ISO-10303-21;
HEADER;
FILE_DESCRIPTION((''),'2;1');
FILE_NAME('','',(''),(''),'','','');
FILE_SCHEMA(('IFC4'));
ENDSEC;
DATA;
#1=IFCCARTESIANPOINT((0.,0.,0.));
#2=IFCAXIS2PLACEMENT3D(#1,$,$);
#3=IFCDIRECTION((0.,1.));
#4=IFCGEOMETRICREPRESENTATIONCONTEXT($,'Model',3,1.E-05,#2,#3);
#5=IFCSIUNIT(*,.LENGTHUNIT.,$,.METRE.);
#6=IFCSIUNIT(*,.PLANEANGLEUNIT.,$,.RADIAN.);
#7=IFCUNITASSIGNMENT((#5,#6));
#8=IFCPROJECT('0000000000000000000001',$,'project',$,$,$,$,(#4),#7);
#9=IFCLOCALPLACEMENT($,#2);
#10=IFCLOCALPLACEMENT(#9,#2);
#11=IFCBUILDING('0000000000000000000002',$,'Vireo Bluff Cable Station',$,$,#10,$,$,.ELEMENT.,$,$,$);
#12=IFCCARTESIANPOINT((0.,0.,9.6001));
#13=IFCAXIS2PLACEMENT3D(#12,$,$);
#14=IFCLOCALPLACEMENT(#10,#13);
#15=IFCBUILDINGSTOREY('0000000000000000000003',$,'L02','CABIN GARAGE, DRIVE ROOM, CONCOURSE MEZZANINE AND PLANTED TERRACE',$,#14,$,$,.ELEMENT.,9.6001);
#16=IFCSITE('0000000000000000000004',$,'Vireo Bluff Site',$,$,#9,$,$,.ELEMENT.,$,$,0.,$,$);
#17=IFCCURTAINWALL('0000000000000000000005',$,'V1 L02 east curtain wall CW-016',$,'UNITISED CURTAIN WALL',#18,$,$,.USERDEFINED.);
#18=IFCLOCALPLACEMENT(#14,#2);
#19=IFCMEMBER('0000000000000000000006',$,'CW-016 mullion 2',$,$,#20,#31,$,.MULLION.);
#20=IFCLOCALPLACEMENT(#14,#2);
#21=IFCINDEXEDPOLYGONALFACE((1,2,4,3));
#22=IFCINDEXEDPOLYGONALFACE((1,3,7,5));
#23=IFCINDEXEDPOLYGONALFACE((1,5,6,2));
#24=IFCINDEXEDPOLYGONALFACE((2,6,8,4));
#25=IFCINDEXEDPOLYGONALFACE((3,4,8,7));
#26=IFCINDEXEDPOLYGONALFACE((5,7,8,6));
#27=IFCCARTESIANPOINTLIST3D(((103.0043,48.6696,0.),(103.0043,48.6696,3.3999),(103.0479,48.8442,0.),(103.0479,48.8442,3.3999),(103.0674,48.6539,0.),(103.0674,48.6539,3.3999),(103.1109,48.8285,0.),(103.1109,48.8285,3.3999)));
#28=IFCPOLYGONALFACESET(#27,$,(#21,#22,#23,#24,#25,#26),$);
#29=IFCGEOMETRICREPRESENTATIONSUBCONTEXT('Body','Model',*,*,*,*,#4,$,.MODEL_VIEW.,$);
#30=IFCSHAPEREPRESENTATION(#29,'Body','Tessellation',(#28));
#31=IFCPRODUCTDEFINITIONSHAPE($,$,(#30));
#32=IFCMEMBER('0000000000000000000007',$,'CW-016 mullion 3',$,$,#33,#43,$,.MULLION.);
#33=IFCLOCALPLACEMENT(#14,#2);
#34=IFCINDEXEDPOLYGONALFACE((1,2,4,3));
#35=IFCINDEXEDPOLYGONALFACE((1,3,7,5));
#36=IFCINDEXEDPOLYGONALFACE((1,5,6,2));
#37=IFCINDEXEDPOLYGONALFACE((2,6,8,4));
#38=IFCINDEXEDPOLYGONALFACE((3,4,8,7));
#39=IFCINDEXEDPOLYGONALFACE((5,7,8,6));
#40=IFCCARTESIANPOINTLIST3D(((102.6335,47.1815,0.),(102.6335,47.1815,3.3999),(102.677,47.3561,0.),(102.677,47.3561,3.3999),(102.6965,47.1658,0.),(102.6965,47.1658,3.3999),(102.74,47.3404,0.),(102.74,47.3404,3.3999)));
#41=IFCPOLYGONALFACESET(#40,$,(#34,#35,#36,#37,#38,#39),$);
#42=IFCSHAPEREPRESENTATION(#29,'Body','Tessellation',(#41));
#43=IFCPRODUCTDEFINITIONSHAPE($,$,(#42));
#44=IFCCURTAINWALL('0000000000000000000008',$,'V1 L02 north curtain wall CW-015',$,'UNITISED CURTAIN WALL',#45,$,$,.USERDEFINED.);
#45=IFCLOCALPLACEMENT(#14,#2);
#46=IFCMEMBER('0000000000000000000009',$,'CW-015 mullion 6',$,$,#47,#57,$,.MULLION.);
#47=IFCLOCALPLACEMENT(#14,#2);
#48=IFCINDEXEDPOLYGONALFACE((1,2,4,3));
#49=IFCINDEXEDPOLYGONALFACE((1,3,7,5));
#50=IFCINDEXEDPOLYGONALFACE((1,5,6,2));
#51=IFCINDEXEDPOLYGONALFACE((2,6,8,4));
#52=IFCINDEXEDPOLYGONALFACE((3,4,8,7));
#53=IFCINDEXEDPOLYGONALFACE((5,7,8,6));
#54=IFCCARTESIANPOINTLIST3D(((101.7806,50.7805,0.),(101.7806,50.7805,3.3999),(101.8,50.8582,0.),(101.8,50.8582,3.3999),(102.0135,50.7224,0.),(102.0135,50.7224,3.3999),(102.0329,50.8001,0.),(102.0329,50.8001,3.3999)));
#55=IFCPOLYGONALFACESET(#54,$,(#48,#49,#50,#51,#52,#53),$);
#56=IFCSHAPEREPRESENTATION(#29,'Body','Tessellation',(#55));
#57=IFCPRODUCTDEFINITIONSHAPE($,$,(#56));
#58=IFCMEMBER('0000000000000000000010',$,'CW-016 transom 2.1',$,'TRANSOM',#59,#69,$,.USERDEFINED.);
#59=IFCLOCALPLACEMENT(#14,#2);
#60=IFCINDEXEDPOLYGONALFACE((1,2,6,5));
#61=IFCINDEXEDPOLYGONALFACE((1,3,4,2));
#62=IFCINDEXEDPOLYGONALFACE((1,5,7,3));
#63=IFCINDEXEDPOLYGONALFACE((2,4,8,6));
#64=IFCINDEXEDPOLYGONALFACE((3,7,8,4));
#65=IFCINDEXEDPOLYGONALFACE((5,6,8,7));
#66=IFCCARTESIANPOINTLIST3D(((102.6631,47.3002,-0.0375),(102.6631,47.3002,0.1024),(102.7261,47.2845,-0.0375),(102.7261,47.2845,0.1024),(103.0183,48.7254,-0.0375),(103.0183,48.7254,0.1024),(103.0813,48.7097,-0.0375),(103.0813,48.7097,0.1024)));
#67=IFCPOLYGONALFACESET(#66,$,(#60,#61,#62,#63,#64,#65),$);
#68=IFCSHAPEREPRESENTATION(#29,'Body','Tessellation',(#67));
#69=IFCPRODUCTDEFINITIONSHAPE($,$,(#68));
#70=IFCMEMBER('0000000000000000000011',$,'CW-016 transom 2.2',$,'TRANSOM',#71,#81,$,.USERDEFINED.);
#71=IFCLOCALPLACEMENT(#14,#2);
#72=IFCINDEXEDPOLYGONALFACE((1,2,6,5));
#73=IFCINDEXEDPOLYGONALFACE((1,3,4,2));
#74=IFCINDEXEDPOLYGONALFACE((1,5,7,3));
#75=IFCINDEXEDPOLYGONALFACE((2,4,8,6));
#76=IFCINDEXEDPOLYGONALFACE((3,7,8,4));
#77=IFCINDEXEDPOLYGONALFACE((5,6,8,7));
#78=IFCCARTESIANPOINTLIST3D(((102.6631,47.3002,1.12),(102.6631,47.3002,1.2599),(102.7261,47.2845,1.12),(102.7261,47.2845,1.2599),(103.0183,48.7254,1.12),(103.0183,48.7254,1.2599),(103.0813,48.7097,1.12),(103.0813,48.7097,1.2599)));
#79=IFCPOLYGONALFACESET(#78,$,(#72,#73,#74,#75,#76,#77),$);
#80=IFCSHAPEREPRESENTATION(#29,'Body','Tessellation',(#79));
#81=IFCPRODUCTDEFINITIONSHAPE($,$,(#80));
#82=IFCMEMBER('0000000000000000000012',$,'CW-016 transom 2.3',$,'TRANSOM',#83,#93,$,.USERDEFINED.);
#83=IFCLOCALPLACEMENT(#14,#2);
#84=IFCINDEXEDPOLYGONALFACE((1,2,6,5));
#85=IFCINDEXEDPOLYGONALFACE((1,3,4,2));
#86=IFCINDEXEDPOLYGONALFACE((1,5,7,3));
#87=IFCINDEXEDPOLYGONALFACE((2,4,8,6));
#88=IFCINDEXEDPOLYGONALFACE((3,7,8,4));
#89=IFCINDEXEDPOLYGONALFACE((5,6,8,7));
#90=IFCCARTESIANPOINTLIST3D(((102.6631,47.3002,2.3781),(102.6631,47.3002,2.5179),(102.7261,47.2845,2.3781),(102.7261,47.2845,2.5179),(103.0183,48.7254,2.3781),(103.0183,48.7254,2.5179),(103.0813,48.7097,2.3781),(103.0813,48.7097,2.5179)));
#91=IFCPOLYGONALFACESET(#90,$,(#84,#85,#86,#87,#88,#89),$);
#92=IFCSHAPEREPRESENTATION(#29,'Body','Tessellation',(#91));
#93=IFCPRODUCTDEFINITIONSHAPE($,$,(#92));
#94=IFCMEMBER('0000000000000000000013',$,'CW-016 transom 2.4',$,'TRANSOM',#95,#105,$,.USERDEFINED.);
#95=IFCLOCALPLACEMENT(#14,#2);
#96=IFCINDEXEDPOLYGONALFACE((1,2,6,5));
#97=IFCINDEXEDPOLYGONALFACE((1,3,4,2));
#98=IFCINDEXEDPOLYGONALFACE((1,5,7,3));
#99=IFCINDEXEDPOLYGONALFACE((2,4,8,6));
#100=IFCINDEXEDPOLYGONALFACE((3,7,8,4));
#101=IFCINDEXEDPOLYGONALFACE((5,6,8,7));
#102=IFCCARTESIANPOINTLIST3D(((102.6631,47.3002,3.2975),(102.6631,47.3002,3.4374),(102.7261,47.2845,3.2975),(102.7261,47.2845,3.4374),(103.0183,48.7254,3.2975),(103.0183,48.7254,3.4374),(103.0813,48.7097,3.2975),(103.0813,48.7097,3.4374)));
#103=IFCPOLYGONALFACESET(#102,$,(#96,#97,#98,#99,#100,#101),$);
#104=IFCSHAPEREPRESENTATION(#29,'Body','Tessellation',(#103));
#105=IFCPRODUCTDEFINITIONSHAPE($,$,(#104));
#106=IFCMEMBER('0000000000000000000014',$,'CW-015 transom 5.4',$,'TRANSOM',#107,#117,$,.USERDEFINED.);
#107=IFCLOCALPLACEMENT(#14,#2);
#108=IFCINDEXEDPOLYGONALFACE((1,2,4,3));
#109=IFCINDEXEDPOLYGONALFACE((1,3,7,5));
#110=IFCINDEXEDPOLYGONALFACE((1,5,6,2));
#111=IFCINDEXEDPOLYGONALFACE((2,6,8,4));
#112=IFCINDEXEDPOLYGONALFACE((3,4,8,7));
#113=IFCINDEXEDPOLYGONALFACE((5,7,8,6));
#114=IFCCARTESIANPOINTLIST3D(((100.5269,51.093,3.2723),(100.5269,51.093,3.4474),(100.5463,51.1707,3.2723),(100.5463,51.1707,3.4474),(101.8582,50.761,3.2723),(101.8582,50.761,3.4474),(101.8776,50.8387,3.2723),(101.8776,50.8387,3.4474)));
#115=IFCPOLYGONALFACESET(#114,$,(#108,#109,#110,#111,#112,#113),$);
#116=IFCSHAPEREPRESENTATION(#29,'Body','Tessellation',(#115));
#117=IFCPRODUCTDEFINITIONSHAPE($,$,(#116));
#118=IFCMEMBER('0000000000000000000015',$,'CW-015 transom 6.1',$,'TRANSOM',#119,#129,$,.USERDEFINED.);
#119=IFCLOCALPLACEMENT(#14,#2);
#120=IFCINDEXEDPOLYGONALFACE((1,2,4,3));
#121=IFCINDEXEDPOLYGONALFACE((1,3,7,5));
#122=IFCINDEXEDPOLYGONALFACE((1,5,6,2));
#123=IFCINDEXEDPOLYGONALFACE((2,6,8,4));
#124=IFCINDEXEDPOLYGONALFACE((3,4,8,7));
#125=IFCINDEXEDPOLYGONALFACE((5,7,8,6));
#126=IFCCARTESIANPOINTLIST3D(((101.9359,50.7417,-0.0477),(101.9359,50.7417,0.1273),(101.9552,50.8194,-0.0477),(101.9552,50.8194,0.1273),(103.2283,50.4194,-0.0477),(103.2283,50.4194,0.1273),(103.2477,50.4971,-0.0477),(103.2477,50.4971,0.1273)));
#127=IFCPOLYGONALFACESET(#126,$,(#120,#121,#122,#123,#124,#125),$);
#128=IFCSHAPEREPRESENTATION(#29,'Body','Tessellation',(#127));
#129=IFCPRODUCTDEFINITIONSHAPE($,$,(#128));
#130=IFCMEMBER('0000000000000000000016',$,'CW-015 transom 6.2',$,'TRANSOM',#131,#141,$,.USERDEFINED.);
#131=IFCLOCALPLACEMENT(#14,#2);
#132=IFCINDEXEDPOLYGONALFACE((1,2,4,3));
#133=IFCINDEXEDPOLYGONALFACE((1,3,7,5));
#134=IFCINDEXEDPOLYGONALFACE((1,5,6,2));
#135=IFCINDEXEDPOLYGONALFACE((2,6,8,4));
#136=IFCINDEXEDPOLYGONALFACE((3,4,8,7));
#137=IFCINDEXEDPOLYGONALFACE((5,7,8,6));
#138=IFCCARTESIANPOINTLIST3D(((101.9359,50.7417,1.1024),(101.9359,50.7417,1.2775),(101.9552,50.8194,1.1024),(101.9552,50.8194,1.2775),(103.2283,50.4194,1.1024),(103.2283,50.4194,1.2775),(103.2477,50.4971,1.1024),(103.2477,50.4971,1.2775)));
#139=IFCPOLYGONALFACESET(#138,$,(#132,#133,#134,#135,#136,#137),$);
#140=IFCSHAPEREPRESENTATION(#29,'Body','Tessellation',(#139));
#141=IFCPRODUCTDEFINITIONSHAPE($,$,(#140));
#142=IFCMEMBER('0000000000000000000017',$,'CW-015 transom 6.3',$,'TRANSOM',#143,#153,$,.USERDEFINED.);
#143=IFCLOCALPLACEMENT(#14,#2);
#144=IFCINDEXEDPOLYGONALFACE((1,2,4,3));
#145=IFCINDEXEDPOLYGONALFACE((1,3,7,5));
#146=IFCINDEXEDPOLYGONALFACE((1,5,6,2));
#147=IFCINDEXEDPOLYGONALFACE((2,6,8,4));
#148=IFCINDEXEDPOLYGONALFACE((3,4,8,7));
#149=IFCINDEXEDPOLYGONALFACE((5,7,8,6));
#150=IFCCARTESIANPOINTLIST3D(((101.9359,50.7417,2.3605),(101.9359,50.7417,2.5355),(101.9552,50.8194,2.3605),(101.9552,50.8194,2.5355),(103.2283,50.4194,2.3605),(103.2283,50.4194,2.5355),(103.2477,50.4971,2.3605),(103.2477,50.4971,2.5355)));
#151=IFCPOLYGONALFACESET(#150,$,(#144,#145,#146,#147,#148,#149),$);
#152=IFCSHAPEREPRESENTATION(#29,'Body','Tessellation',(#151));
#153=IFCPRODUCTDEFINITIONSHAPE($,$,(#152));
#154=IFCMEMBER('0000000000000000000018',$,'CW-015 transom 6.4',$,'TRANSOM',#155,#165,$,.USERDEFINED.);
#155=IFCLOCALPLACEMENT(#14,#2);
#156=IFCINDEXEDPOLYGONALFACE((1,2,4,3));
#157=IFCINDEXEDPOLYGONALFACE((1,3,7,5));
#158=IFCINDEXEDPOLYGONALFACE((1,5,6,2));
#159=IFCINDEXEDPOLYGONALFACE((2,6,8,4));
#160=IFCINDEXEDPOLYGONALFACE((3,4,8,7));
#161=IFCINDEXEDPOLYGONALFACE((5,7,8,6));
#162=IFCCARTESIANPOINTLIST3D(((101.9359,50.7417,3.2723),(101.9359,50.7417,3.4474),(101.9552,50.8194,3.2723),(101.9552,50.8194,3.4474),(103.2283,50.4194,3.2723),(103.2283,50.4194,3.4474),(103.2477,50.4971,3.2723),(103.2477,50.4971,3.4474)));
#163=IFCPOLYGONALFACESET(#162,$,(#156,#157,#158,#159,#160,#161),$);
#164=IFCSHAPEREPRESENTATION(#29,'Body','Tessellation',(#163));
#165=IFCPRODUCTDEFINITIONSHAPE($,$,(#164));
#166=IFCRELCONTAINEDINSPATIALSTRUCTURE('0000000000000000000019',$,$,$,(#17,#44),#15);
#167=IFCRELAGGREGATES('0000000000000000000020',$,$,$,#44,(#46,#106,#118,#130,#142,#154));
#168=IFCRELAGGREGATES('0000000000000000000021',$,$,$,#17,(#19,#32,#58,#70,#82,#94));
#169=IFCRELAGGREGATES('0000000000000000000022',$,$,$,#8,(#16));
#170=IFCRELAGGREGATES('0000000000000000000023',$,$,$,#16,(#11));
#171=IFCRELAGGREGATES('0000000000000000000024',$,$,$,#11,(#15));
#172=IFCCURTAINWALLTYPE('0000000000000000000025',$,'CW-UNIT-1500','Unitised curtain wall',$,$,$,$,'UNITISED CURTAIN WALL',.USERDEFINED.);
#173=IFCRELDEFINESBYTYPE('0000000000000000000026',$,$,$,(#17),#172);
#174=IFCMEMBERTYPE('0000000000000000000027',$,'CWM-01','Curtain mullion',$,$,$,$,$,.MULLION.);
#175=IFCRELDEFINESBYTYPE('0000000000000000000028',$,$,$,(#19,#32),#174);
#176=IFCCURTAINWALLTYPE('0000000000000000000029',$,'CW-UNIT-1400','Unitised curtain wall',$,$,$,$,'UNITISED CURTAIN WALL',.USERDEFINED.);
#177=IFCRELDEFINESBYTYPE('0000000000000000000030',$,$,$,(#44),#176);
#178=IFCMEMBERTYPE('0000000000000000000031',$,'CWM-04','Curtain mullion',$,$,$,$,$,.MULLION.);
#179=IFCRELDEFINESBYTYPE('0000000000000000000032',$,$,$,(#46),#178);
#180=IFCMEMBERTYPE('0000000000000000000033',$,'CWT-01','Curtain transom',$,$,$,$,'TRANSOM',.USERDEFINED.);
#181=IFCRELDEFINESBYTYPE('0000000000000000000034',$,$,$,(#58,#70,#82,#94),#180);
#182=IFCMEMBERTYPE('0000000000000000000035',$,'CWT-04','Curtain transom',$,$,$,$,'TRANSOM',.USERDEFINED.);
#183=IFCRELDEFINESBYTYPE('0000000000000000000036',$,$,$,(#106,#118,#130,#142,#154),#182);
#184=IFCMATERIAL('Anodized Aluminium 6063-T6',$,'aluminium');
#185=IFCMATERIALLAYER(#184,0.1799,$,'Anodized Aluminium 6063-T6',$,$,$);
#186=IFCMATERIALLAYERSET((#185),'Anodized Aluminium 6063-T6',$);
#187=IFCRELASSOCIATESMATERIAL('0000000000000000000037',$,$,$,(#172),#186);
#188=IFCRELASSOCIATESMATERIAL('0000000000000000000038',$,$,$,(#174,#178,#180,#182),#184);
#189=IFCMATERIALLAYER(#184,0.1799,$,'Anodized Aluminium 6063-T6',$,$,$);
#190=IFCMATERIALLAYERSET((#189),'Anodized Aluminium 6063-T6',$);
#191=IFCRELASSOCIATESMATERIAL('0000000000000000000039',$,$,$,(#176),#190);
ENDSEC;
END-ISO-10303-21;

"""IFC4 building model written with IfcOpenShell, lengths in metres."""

from ifc_helpers import new_model, si_unit, direction, frame, origin, origin_2d, place, context, subcontext, project, spatial, rectangle, extrude, material, layer, layer_set, material_profile, profile_set, type_object, element, aggregate, save


model = new_model("IFC4")

# Units and contexts
model_context = context("Model", 3, precision=1e-05, world=origin(), true_north=direction((0.0, 1.0)))
body_context = subcontext(model_context, "Body", "Model", "MODEL_VIEW")
ifc_project = project(units=[si_unit("LENGTHUNIT", "METRE"), si_unit("PLANEANGLEUNIT", "RADIAN")], contexts=[model_context])

# Site, building, storey
site_placement = place(None, origin())
site = spatial("IfcSite", under=ifc_project, at=site_placement, Name="Vireo Bluff Site", CompositionType="ELEMENT", RefElevation=0.0)
building_placement = place(site_placement, origin())
building = spatial("IfcBuilding", under=site, at=building_placement, Name="Vireo Bluff Cable Station", CompositionType="ELEMENT")
storey_placement = place(building_placement, frame((0.0, 0.0, 9.6001)))
storey = spatial("IfcBuildingStorey", under=building, at=storey_placement, Name="L02", Description="CABIN GARAGE, DRIVE ROOM, CONCOURSE MEZZANINE AND PLANTED TERRACE", CompositionType="ELEMENT", Elevation=9.6001)

# Curtain wall, members
ifc_material_1 = material(Name="Anodized Aluminium 6063-T6", Category="aluminium")
ifc_layer_1 = layer(ifc_material_1, 0.1799, Name="Anodized Aluminium 6063-T6")
ifc_layer_set_1 = layer_set([ifc_layer_1], Name="Anodized Aluminium 6063-T6")
curtain_wall_type_1 = type_object("IfcCurtainWallType", Name="CW-UNIT-1500", Description="Unitised curtain wall", ElementType="UNITISED CURTAIN WALL", PredefinedType="USERDEFINED", material=ifc_layer_set_1)
curtain_wall_1_placement = place(storey_placement, origin())
curtain_wall_1 = element("IfcCurtainWall", 1, at=curtain_wall_1_placement, inside=storey, type_object=curtain_wall_type_1, Name="V1 L02 east curtain wall CW-016", ObjectType="UNITISED CURTAIN WALL", PredefinedType="USERDEFINED")
ifc_material_profile_1 = material_profile(ifc_material_1, rectangle(XDim=0.0649, YDim=0.1799, at=origin_2d()), Name="ALU-M-65X180")
ifc_profile_set_1 = profile_set([ifc_material_profile_1], Name="Anodized Aluminium 6063-T6")
member_type_1 = type_object("IfcMemberType", Name="CWM-01", Description="Curtain mullion", PredefinedType="MULLION", material=ifc_profile_set_1)
member_1_placement = place(storey_placement, frame((103.0576, 48.749, 0.0), z_axis=(0.0, 0.0, 1.0), x_axis=(0.970296, -0.241922, 0.0)))
member_1 = element("IfcMember", 2, at=member_1_placement, type_object=member_type_1, Name="CW-016 mullion 2", PredefinedType="MULLION", context=body_context, shape_type="SweptSolid", body=[
    extrude(rectangle(XDim=0.0649, YDim=0.1799, at=origin_2d()), origin(), (0.0, 0.0, 1.0), 3.3999),
])
member_2_placement = place(storey_placement, frame((102.6868, 47.261, 0.0), z_axis=(0.0, 0.0, 1.0), x_axis=(0.970296, -0.241922, 0.0)))
member_2 = element("IfcMember", 3, at=member_2_placement, type_object=member_type_1, Name="CW-016 mullion 3", PredefinedType="MULLION", context=body_context, shape_type="SweptSolid", body=[
    extrude(rectangle(XDim=0.0649, YDim=0.1799, at=origin_2d()), origin(), (0.0, 0.0, 1.0), 3.3999),
])

# Curtain wall, member
ifc_layer_2 = layer(ifc_material_1, 0.1799, Name="Anodized Aluminium 6063-T6")
ifc_layer_set_2 = layer_set([ifc_layer_2], Name="Anodized Aluminium 6063-T6")
curtain_wall_type_2 = type_object("IfcCurtainWallType", Name="CW-UNIT-1400", Description="Unitised curtain wall", ElementType="UNITISED CURTAIN WALL", PredefinedType="USERDEFINED", material=ifc_layer_set_2)
curtain_wall_2_placement = place(storey_placement, origin())
curtain_wall_2 = element("IfcCurtainWall", 4, at=curtain_wall_2_placement, inside=storey, type_object=curtain_wall_type_2, Name="V1 L02 north curtain wall CW-015", ObjectType="UNITISED CURTAIN WALL", PredefinedType="USERDEFINED")
ifc_material_profile_2 = material_profile(ifc_material_1, rectangle(XDim=0.0801, YDim=0.24, at=origin_2d()), Name="ALU-M-80X240")
ifc_profile_set_2 = profile_set([ifc_material_profile_2], Name="Anodized Aluminium 6063-T6")
member_type_2 = type_object("IfcMemberType", Name="CWM-04", Description="Curtain mullion", PredefinedType="MULLION", material=ifc_profile_set_2)
member_3_placement = place(storey_placement, frame((101.9067, 50.7903, 0.0), z_axis=(0.0, 0.0, 1.0), x_axis=(0.241922, 0.970296, 0.0)))
member_3 = element("IfcMember", 5, at=member_3_placement, type_object=member_type_2, Name="CW-015 mullion 6", PredefinedType="MULLION", context=body_context, shape_type="SweptSolid", body=[
    extrude(rectangle(XDim=0.0801, YDim=0.24, at=origin_2d()), origin(), (0.0, 0.0, 1.0), 3.3999),
])

# Members
ifc_material_profile_3 = material_profile(ifc_material_1, rectangle(XDim=0.0649, YDim=0.1399, at=origin_2d()), Name="ALU-T-65X140")
ifc_profile_set_3 = profile_set([ifc_material_profile_3], Name="Anodized Aluminium 6063-T6")
member_type_3 = type_object("IfcMemberType", Name="CWT-01", Description="Curtain transom", ElementType="TRANSOM", PredefinedType="USERDEFINED", material=ifc_profile_set_3)
member_4_placement = place(storey_placement, frame((103.0498, 48.7175, 0.0325), z_axis=(-0.241871, -0.970309, 0.0), x_axis=(0.970309, -0.241871, 0.0)))
member_4 = element("IfcMember", 6, at=member_4_placement, type_object=member_type_3, Name="CW-016 transom 2.1", ObjectType="TRANSOM", PredefinedType="USERDEFINED", context=body_context, shape_type="SweptSolid", body=[
    extrude(rectangle(XDim=0.0649, YDim=0.1399, at=origin_2d()), origin(), (0.0, 0.0, 1.0), 1.4688),
])
member_5_placement = place(storey_placement, frame((103.0498, 48.7175, 1.1899), z_axis=(-0.241871, -0.970309, 0.0), x_axis=(0.970309, -0.241871, 0.0)))
member_5 = element("IfcMember", 7, at=member_5_placement, type_object=member_type_3, Name="CW-016 transom 2.2", ObjectType="TRANSOM", PredefinedType="USERDEFINED", context=body_context, shape_type="SweptSolid", body=[
    extrude(rectangle(XDim=0.0649, YDim=0.1399, at=origin_2d()), origin(), (0.0, 0.0, 1.0), 1.4688),
])
member_6_placement = place(storey_placement, frame((103.0498, 48.7175, 2.448), z_axis=(-0.241871, -0.970309, 0.0), x_axis=(0.970309, -0.241871, 0.0)))
member_6 = element("IfcMember", 8, at=member_6_placement, type_object=member_type_3, Name="CW-016 transom 2.3", ObjectType="TRANSOM", PredefinedType="USERDEFINED", context=body_context, shape_type="SweptSolid", body=[
    extrude(rectangle(XDim=0.0649, YDim=0.1399, at=origin_2d()), origin(), (0.0, 0.0, 1.0), 1.4688),
])
member_7_placement = place(storey_placement, frame((103.0498, 48.7175, 3.3674), z_axis=(-0.241871, -0.970309, 0.0), x_axis=(0.970309, -0.241871, 0.0)))
member_7 = element("IfcMember", 9, at=member_7_placement, type_object=member_type_3, Name="CW-016 transom 2.4", ObjectType="TRANSOM", PredefinedType="USERDEFINED", context=body_context, shape_type="SweptSolid", body=[
    extrude(rectangle(XDim=0.0649, YDim=0.1399, at=origin_2d()), origin(), (0.0, 0.0, 1.0), 1.4688),
])
ifc_material_profile_4 = material_profile(ifc_material_1, rectangle(XDim=0.0801, YDim=0.175, at=origin_2d()), Name="ALU-T-80X175")
ifc_profile_set_4 = profile_set([ifc_material_profile_4], Name="Anodized Aluminium 6063-T6")
member_type_4 = type_object("IfcMemberType", Name="CWT-04", Description="Curtain transom", ElementType="TRANSOM", PredefinedType="USERDEFINED", material=ifc_profile_set_4)
member_8_placement = place(storey_placement, frame((100.5366, 51.1318, 3.3599), z_axis=(0.970278, -0.241991, 0.0), x_axis=(0.241991, 0.970278, 0.0)))
member_8 = element("IfcMember", 10, at=member_8_placement, type_object=member_type_4, Name="CW-015 transom 5.4", ObjectType="TRANSOM", PredefinedType="USERDEFINED", context=body_context, shape_type="SweptSolid", body=[
    extrude(rectangle(XDim=0.0801, YDim=0.175, at=origin_2d()), origin(), (0.0, 0.0, 1.0), 1.3721),
])
member_9_placement = place(storey_placement, frame((101.9456, 50.7805, 0.0398), z_axis=(0.970293, -0.241932, 0.0), x_axis=(0.241932, 0.970293, 0.0)))
member_9 = element("IfcMember", 11, at=member_9_placement, type_object=member_type_4, Name="CW-015 transom 6.1", ObjectType="TRANSOM", PredefinedType="USERDEFINED", context=body_context, shape_type="SweptSolid", body=[
    extrude(rectangle(XDim=0.0801, YDim=0.175, at=origin_2d()), origin(), (0.0, 0.0, 1.0), 1.332),
])
member_10_placement = place(storey_placement, frame((101.9456, 50.7805, 1.1899), z_axis=(0.970293, -0.241932, 0.0), x_axis=(0.241932, 0.970293, 0.0)))
member_10 = element("IfcMember", 12, at=member_10_placement, type_object=member_type_4, Name="CW-015 transom 6.2", ObjectType="TRANSOM", PredefinedType="USERDEFINED", context=body_context, shape_type="SweptSolid", body=[
    extrude(rectangle(XDim=0.0801, YDim=0.175, at=origin_2d()), origin(), (0.0, 0.0, 1.0), 1.332),
])
member_11_placement = place(storey_placement, frame((101.9456, 50.7805, 2.448), z_axis=(0.970293, -0.241932, 0.0), x_axis=(0.241932, 0.970293, 0.0)))
member_11 = element("IfcMember", 13, at=member_11_placement, type_object=member_type_4, Name="CW-015 transom 6.3", ObjectType="TRANSOM", PredefinedType="USERDEFINED", context=body_context, shape_type="SweptSolid", body=[
    extrude(rectangle(XDim=0.0801, YDim=0.175, at=origin_2d()), origin(), (0.0, 0.0, 1.0), 1.332),
])
member_12_placement = place(storey_placement, frame((101.9456, 50.7805, 3.3599), z_axis=(0.970293, -0.241932, 0.0), x_axis=(0.241932, 0.970293, 0.0)))
member_12 = element("IfcMember", 14, at=member_12_placement, type_object=member_type_4, Name="CW-015 transom 6.4", ObjectType="TRANSOM", PredefinedType="USERDEFINED", context=body_context, shape_type="SweptSolid", body=[
    extrude(rectangle(XDim=0.0801, YDim=0.175, at=origin_2d()), origin(), (0.0, 0.0, 1.0), 1.332),
])

aggregate(curtain_wall_2, [member_3, member_8, member_9, member_10, member_11, member_12])
aggregate(curtain_wall_1, [member_1, member_2, member_4, member_5, member_6, member_7])

save(model, "model.ifc")
